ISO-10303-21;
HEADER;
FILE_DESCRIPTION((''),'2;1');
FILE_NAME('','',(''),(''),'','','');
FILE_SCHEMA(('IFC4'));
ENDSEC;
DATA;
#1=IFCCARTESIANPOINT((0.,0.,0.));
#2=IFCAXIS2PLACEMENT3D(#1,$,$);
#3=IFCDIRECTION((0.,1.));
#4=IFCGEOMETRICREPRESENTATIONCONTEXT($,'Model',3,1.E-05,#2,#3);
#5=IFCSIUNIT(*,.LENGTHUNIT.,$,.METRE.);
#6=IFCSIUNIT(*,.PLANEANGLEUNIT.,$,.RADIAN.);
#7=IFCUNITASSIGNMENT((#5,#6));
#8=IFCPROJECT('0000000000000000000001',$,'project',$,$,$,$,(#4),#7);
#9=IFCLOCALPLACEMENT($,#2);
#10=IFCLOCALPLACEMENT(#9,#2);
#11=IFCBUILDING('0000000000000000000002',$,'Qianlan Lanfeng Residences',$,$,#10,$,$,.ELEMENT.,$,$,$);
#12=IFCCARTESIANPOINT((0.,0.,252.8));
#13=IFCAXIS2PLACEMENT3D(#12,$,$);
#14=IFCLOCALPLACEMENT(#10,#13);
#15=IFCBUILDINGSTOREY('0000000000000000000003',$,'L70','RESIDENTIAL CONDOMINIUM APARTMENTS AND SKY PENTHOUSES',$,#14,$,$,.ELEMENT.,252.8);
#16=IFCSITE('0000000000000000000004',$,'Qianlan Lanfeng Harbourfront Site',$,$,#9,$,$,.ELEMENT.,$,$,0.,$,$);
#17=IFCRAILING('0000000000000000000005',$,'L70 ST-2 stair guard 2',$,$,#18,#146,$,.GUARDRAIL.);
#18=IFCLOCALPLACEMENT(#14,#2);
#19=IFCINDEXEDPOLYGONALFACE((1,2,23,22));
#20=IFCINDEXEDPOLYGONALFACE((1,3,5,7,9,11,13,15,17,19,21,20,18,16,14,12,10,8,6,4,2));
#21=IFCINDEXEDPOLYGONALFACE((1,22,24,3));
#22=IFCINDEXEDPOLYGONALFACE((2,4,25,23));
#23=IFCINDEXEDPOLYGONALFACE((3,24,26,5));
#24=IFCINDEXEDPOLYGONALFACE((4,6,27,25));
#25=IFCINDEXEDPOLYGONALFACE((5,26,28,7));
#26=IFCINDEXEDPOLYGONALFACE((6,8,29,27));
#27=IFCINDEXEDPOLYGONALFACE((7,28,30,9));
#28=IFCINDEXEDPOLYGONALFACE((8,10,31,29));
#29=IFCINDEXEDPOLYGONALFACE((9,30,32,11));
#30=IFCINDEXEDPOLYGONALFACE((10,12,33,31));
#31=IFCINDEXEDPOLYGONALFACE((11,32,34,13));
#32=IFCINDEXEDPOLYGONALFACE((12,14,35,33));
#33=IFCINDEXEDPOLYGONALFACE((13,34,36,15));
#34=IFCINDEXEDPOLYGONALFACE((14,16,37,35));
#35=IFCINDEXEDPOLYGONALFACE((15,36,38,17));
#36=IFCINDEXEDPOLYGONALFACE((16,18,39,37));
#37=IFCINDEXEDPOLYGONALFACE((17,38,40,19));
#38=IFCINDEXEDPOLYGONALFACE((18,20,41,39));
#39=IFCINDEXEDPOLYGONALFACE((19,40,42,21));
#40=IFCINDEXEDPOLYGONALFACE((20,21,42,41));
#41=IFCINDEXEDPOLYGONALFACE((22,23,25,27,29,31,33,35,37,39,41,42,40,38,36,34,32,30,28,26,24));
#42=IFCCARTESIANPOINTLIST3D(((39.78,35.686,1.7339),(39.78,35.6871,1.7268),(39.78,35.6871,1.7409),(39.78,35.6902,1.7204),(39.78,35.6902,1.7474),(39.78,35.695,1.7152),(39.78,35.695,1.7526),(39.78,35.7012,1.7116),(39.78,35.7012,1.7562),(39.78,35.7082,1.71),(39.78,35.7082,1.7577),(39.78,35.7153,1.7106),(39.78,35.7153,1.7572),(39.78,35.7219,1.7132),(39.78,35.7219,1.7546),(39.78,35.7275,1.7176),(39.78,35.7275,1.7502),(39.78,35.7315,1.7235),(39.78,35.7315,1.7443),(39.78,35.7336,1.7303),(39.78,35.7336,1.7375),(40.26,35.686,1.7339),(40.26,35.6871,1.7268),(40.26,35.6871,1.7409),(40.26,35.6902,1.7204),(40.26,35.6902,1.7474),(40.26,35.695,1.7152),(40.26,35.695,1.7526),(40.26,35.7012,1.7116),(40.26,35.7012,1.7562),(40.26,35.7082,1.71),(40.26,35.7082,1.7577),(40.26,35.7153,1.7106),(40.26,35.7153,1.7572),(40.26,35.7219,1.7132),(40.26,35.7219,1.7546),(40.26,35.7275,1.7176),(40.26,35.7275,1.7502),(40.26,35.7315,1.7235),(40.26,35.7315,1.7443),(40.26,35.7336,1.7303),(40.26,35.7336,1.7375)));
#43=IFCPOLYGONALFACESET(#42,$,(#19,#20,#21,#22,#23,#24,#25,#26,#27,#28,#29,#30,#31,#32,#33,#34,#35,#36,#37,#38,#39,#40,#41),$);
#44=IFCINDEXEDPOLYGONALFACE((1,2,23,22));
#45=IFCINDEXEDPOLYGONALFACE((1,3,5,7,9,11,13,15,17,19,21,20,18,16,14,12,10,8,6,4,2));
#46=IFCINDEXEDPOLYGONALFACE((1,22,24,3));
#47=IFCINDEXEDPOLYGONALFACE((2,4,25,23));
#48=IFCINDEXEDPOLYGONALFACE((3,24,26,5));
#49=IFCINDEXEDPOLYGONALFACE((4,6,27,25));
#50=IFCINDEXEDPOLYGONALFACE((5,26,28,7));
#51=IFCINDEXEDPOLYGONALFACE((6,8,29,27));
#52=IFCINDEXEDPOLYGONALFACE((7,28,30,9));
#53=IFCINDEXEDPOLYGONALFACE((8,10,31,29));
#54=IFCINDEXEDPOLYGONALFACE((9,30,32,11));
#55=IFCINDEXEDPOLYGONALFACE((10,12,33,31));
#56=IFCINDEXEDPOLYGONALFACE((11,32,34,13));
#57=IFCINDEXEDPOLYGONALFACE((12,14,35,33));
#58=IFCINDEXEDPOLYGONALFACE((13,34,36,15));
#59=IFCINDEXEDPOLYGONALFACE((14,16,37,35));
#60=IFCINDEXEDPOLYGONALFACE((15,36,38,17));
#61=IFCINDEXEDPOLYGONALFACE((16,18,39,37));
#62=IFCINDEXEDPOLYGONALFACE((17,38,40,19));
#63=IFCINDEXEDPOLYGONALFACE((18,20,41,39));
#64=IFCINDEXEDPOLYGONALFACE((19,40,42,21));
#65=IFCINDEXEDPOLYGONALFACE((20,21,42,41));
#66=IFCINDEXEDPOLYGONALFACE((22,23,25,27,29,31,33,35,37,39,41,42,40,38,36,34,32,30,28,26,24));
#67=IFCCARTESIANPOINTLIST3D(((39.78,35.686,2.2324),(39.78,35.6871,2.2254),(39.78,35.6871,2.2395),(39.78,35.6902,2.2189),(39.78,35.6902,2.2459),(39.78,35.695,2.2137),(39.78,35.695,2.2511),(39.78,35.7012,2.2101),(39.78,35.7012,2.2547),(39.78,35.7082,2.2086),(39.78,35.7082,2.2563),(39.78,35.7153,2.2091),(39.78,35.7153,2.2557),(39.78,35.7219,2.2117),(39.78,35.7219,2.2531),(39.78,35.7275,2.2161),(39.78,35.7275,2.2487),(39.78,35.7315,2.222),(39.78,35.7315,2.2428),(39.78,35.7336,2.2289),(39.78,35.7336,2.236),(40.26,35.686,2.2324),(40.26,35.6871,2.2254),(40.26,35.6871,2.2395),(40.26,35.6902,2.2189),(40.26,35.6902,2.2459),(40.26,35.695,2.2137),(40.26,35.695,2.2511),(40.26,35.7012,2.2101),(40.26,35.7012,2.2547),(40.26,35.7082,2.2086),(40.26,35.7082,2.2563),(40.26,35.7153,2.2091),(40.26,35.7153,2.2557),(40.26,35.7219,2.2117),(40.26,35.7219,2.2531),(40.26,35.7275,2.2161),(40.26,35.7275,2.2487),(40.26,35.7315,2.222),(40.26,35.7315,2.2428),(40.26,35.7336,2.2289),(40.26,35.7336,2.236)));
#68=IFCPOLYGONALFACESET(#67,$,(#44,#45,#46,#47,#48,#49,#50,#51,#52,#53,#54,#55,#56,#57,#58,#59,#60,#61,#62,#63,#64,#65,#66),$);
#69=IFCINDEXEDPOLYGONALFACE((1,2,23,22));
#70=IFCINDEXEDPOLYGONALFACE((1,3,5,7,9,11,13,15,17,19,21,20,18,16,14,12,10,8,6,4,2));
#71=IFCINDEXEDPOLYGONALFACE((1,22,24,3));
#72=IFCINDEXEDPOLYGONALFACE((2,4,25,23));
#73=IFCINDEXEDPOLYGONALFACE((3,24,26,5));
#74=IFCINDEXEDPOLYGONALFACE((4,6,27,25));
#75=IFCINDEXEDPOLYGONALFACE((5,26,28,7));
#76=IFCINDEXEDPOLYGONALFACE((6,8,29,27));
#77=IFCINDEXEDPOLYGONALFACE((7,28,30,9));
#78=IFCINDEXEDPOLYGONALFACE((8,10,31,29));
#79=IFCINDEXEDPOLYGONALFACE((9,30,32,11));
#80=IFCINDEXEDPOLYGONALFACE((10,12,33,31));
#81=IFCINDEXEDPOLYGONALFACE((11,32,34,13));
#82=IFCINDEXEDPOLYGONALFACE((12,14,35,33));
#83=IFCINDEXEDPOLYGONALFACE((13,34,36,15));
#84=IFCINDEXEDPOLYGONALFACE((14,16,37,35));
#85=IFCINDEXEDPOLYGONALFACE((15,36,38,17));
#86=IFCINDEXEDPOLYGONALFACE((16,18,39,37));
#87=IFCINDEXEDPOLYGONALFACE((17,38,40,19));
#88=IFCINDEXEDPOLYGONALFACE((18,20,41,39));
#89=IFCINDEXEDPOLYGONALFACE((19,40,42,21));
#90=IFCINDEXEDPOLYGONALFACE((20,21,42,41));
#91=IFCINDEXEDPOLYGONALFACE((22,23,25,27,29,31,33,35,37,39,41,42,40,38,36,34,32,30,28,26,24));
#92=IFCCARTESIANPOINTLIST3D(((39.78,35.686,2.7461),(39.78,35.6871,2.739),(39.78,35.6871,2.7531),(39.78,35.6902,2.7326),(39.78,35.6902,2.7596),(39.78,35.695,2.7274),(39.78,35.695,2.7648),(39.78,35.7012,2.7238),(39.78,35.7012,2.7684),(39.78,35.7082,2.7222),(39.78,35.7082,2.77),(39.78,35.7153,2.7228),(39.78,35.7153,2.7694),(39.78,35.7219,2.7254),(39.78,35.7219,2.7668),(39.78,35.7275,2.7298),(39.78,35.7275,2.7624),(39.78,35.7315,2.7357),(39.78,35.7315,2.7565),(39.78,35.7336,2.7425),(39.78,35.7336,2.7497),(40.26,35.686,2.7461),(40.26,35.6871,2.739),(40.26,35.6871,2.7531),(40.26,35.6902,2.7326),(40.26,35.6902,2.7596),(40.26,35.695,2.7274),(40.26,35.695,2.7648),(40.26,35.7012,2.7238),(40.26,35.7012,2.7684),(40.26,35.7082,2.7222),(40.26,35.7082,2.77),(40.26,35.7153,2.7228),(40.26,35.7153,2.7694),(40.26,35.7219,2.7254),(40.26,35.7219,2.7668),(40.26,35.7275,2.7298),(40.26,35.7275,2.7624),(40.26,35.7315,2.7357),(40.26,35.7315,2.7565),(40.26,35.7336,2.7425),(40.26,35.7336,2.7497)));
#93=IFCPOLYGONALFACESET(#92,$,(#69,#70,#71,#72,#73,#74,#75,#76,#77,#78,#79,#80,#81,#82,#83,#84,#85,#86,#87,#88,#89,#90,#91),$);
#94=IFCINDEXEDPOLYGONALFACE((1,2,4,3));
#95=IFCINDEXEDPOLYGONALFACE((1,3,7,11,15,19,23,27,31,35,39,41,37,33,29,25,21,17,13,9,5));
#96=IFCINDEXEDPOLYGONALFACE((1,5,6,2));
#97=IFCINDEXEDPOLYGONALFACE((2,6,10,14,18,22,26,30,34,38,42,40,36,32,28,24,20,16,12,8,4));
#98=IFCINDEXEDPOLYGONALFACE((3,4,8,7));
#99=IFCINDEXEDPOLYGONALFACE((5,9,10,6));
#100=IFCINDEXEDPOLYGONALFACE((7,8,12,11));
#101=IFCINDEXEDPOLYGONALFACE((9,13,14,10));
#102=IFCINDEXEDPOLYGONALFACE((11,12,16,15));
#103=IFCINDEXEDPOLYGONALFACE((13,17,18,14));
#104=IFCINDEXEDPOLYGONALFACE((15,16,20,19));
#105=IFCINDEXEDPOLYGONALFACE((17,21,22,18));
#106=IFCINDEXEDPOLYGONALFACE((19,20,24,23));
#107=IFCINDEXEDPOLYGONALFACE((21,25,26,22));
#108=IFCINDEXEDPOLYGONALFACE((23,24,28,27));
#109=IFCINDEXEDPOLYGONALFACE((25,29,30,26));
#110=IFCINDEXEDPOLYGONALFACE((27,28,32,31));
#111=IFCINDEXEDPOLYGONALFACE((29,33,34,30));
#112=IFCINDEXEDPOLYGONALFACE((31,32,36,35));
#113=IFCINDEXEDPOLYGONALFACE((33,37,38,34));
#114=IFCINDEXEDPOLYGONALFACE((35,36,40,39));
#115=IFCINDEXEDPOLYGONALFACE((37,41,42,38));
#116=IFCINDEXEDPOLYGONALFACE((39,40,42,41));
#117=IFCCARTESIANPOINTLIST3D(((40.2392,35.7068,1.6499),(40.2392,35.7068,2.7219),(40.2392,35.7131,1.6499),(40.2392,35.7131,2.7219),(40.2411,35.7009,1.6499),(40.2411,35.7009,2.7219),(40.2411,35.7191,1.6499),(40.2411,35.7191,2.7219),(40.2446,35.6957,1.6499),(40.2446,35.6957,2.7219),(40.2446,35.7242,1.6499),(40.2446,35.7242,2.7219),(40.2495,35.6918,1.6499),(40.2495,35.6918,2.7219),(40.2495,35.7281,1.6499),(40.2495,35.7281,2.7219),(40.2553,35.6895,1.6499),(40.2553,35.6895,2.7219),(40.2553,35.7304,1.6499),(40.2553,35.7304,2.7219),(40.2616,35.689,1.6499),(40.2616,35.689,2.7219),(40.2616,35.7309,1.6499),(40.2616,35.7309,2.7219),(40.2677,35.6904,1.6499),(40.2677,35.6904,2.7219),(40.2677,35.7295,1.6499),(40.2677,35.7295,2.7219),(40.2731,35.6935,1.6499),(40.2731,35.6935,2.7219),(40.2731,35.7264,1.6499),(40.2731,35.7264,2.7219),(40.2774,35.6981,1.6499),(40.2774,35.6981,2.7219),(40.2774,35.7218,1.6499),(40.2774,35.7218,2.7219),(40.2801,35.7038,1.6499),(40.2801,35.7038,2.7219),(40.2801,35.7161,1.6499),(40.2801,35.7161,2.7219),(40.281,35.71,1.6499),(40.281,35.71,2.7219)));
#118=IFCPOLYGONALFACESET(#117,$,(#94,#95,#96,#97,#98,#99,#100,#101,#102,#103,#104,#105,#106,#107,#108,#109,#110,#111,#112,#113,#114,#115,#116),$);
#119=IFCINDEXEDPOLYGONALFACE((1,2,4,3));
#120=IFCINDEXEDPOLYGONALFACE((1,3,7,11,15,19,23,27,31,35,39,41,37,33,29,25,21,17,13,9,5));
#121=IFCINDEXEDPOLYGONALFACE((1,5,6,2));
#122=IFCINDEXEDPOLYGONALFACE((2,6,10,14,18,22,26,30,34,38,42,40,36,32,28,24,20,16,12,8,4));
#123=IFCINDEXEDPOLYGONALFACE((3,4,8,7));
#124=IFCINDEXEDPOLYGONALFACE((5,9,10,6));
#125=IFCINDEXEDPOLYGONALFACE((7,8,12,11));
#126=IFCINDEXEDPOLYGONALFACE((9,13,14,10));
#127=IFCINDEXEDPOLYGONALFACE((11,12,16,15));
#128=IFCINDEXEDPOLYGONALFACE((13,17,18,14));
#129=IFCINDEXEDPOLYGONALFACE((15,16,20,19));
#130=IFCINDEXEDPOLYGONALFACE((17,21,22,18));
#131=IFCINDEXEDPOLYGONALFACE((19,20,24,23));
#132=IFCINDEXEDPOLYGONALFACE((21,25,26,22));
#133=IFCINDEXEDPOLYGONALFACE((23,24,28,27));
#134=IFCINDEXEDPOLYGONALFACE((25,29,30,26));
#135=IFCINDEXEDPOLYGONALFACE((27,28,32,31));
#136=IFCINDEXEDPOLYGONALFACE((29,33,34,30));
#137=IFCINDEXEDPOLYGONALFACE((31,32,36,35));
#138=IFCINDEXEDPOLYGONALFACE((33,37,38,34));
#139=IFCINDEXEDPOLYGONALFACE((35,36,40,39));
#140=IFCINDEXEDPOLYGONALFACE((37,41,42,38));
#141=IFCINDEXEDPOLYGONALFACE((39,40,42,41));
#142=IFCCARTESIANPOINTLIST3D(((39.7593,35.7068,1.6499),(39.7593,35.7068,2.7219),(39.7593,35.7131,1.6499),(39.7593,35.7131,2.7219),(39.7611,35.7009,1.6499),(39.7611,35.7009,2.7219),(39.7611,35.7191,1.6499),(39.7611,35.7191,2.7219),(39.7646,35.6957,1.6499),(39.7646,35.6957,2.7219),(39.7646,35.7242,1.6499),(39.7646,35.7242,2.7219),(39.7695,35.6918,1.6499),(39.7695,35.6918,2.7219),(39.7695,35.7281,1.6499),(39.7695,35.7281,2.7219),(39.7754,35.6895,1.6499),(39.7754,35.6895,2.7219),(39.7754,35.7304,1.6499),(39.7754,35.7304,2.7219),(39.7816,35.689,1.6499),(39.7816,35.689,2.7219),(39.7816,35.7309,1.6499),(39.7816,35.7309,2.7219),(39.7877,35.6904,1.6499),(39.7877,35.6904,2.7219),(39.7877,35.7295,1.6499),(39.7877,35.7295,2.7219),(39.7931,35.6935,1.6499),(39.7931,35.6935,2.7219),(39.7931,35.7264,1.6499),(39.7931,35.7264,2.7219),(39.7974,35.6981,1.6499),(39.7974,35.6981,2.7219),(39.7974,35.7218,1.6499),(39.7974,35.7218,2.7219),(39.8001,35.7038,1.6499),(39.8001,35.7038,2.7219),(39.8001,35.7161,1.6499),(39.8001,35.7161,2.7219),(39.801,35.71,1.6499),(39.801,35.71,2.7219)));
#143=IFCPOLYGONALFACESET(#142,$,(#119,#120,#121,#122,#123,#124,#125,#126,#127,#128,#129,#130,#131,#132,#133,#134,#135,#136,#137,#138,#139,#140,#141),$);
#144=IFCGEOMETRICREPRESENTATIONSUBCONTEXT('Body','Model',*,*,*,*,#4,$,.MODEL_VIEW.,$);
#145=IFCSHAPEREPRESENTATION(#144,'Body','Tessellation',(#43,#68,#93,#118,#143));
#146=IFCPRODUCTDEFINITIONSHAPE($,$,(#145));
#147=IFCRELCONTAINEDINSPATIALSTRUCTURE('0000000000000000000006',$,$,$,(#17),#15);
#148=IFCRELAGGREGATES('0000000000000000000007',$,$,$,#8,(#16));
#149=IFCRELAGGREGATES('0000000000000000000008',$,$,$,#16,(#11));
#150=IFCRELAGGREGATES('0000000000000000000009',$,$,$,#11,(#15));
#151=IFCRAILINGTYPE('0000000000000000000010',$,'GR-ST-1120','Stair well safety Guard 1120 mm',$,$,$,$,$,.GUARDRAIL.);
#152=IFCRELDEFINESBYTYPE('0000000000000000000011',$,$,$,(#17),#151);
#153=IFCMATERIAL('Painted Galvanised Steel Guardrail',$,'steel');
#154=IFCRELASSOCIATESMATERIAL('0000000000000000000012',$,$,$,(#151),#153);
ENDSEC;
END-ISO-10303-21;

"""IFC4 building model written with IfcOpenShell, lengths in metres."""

from ifc_helpers import new_model, si_unit, direction, frame, origin, origin_2d, place, context, subcontext, project, spatial, circle, extrude, material, type_object, element, save


model = new_model("IFC4")

# Units and contexts
model_context = context("Model", 3, precision=1e-05, world=origin(), true_north=direction((0.0, 1.0)))
body_context = subcontext(model_context, "Body", "Model", "MODEL_VIEW")
ifc_project = project(units=[si_unit("LENGTHUNIT", "METRE"), si_unit("PLANEANGLEUNIT", "RADIAN")], contexts=[model_context])

# Site, building, storey
site_placement = place(None, origin())
site = spatial("IfcSite", under=ifc_project, at=site_placement, Name="Qianlan Lanfeng Harbourfront Site", CompositionType="ELEMENT", RefElevation=0.0)
building_placement = place(site_placement, origin())
building = spatial("IfcBuilding", under=site, at=building_placement, Name="Qianlan Lanfeng Residences", CompositionType="ELEMENT")
storey_placement = place(building_placement, frame((0.0, 0.0, 252.8)))
storey = spatial("IfcBuildingStorey", under=building, at=storey_placement, Name="L70", Description="RESIDENTIAL CONDOMINIUM APARTMENTS AND SKY PENTHOUSES", CompositionType="ELEMENT", Elevation=252.8)

# Railing
ifc_material_1 = material(Name="Painted Galvanised Steel Guardrail", Category="steel")
railing_type_1 = type_object("IfcRailingType", Name="GR-ST-1120", Description="Stair well safety Guard 1120 mm", PredefinedType="GUARDRAIL", material=ifc_material_1)
railing_1_placement = place(storey_placement, frame((40.26, 35.71, 1.6499)))
element("IfcRailing", 1, at=railing_1_placement, inside=storey, type_object=railing_type_1, Name="L70 ST-2 stair guard 2", PredefinedType="GUARDRAIL", context=body_context, shape_type="SweptSolid", body=[
    extrude(circle(Radius=0.0239, at=origin_2d()), frame((0.0, 0.0, 0.084), z_axis=(-1.0, 0.0, 0.0), x_axis=(0.0, -1.0, 0.0)), (0.0, 0.0, 1.0), 0.48),
    extrude(circle(Radius=0.0239, at=origin_2d()), frame((0.0, 0.0, 0.5825), z_axis=(-1.0, 0.0, 0.0), x_axis=(0.0, -1.0, 0.0)), (0.0, 0.0, 1.0), 0.48),
    extrude(circle(Radius=0.0239, at=origin_2d()), frame((0.0, 0.0, 1.0962), z_axis=(-1.0, 0.0, 0.0), x_axis=(0.0, -1.0, 0.0)), (0.0, 0.0, 1.0), 0.48),
    extrude(circle(Radius=0.021, at=origin_2d()), origin(), (0.0, 0.0, 1.0), 1.072),
    extrude(circle(Radius=0.021, at=origin_2d()), frame((-0.48, 0.0, 0.0)), (0.0, 0.0, 1.0), 1.072),
])

save(model, "model.ifc")
